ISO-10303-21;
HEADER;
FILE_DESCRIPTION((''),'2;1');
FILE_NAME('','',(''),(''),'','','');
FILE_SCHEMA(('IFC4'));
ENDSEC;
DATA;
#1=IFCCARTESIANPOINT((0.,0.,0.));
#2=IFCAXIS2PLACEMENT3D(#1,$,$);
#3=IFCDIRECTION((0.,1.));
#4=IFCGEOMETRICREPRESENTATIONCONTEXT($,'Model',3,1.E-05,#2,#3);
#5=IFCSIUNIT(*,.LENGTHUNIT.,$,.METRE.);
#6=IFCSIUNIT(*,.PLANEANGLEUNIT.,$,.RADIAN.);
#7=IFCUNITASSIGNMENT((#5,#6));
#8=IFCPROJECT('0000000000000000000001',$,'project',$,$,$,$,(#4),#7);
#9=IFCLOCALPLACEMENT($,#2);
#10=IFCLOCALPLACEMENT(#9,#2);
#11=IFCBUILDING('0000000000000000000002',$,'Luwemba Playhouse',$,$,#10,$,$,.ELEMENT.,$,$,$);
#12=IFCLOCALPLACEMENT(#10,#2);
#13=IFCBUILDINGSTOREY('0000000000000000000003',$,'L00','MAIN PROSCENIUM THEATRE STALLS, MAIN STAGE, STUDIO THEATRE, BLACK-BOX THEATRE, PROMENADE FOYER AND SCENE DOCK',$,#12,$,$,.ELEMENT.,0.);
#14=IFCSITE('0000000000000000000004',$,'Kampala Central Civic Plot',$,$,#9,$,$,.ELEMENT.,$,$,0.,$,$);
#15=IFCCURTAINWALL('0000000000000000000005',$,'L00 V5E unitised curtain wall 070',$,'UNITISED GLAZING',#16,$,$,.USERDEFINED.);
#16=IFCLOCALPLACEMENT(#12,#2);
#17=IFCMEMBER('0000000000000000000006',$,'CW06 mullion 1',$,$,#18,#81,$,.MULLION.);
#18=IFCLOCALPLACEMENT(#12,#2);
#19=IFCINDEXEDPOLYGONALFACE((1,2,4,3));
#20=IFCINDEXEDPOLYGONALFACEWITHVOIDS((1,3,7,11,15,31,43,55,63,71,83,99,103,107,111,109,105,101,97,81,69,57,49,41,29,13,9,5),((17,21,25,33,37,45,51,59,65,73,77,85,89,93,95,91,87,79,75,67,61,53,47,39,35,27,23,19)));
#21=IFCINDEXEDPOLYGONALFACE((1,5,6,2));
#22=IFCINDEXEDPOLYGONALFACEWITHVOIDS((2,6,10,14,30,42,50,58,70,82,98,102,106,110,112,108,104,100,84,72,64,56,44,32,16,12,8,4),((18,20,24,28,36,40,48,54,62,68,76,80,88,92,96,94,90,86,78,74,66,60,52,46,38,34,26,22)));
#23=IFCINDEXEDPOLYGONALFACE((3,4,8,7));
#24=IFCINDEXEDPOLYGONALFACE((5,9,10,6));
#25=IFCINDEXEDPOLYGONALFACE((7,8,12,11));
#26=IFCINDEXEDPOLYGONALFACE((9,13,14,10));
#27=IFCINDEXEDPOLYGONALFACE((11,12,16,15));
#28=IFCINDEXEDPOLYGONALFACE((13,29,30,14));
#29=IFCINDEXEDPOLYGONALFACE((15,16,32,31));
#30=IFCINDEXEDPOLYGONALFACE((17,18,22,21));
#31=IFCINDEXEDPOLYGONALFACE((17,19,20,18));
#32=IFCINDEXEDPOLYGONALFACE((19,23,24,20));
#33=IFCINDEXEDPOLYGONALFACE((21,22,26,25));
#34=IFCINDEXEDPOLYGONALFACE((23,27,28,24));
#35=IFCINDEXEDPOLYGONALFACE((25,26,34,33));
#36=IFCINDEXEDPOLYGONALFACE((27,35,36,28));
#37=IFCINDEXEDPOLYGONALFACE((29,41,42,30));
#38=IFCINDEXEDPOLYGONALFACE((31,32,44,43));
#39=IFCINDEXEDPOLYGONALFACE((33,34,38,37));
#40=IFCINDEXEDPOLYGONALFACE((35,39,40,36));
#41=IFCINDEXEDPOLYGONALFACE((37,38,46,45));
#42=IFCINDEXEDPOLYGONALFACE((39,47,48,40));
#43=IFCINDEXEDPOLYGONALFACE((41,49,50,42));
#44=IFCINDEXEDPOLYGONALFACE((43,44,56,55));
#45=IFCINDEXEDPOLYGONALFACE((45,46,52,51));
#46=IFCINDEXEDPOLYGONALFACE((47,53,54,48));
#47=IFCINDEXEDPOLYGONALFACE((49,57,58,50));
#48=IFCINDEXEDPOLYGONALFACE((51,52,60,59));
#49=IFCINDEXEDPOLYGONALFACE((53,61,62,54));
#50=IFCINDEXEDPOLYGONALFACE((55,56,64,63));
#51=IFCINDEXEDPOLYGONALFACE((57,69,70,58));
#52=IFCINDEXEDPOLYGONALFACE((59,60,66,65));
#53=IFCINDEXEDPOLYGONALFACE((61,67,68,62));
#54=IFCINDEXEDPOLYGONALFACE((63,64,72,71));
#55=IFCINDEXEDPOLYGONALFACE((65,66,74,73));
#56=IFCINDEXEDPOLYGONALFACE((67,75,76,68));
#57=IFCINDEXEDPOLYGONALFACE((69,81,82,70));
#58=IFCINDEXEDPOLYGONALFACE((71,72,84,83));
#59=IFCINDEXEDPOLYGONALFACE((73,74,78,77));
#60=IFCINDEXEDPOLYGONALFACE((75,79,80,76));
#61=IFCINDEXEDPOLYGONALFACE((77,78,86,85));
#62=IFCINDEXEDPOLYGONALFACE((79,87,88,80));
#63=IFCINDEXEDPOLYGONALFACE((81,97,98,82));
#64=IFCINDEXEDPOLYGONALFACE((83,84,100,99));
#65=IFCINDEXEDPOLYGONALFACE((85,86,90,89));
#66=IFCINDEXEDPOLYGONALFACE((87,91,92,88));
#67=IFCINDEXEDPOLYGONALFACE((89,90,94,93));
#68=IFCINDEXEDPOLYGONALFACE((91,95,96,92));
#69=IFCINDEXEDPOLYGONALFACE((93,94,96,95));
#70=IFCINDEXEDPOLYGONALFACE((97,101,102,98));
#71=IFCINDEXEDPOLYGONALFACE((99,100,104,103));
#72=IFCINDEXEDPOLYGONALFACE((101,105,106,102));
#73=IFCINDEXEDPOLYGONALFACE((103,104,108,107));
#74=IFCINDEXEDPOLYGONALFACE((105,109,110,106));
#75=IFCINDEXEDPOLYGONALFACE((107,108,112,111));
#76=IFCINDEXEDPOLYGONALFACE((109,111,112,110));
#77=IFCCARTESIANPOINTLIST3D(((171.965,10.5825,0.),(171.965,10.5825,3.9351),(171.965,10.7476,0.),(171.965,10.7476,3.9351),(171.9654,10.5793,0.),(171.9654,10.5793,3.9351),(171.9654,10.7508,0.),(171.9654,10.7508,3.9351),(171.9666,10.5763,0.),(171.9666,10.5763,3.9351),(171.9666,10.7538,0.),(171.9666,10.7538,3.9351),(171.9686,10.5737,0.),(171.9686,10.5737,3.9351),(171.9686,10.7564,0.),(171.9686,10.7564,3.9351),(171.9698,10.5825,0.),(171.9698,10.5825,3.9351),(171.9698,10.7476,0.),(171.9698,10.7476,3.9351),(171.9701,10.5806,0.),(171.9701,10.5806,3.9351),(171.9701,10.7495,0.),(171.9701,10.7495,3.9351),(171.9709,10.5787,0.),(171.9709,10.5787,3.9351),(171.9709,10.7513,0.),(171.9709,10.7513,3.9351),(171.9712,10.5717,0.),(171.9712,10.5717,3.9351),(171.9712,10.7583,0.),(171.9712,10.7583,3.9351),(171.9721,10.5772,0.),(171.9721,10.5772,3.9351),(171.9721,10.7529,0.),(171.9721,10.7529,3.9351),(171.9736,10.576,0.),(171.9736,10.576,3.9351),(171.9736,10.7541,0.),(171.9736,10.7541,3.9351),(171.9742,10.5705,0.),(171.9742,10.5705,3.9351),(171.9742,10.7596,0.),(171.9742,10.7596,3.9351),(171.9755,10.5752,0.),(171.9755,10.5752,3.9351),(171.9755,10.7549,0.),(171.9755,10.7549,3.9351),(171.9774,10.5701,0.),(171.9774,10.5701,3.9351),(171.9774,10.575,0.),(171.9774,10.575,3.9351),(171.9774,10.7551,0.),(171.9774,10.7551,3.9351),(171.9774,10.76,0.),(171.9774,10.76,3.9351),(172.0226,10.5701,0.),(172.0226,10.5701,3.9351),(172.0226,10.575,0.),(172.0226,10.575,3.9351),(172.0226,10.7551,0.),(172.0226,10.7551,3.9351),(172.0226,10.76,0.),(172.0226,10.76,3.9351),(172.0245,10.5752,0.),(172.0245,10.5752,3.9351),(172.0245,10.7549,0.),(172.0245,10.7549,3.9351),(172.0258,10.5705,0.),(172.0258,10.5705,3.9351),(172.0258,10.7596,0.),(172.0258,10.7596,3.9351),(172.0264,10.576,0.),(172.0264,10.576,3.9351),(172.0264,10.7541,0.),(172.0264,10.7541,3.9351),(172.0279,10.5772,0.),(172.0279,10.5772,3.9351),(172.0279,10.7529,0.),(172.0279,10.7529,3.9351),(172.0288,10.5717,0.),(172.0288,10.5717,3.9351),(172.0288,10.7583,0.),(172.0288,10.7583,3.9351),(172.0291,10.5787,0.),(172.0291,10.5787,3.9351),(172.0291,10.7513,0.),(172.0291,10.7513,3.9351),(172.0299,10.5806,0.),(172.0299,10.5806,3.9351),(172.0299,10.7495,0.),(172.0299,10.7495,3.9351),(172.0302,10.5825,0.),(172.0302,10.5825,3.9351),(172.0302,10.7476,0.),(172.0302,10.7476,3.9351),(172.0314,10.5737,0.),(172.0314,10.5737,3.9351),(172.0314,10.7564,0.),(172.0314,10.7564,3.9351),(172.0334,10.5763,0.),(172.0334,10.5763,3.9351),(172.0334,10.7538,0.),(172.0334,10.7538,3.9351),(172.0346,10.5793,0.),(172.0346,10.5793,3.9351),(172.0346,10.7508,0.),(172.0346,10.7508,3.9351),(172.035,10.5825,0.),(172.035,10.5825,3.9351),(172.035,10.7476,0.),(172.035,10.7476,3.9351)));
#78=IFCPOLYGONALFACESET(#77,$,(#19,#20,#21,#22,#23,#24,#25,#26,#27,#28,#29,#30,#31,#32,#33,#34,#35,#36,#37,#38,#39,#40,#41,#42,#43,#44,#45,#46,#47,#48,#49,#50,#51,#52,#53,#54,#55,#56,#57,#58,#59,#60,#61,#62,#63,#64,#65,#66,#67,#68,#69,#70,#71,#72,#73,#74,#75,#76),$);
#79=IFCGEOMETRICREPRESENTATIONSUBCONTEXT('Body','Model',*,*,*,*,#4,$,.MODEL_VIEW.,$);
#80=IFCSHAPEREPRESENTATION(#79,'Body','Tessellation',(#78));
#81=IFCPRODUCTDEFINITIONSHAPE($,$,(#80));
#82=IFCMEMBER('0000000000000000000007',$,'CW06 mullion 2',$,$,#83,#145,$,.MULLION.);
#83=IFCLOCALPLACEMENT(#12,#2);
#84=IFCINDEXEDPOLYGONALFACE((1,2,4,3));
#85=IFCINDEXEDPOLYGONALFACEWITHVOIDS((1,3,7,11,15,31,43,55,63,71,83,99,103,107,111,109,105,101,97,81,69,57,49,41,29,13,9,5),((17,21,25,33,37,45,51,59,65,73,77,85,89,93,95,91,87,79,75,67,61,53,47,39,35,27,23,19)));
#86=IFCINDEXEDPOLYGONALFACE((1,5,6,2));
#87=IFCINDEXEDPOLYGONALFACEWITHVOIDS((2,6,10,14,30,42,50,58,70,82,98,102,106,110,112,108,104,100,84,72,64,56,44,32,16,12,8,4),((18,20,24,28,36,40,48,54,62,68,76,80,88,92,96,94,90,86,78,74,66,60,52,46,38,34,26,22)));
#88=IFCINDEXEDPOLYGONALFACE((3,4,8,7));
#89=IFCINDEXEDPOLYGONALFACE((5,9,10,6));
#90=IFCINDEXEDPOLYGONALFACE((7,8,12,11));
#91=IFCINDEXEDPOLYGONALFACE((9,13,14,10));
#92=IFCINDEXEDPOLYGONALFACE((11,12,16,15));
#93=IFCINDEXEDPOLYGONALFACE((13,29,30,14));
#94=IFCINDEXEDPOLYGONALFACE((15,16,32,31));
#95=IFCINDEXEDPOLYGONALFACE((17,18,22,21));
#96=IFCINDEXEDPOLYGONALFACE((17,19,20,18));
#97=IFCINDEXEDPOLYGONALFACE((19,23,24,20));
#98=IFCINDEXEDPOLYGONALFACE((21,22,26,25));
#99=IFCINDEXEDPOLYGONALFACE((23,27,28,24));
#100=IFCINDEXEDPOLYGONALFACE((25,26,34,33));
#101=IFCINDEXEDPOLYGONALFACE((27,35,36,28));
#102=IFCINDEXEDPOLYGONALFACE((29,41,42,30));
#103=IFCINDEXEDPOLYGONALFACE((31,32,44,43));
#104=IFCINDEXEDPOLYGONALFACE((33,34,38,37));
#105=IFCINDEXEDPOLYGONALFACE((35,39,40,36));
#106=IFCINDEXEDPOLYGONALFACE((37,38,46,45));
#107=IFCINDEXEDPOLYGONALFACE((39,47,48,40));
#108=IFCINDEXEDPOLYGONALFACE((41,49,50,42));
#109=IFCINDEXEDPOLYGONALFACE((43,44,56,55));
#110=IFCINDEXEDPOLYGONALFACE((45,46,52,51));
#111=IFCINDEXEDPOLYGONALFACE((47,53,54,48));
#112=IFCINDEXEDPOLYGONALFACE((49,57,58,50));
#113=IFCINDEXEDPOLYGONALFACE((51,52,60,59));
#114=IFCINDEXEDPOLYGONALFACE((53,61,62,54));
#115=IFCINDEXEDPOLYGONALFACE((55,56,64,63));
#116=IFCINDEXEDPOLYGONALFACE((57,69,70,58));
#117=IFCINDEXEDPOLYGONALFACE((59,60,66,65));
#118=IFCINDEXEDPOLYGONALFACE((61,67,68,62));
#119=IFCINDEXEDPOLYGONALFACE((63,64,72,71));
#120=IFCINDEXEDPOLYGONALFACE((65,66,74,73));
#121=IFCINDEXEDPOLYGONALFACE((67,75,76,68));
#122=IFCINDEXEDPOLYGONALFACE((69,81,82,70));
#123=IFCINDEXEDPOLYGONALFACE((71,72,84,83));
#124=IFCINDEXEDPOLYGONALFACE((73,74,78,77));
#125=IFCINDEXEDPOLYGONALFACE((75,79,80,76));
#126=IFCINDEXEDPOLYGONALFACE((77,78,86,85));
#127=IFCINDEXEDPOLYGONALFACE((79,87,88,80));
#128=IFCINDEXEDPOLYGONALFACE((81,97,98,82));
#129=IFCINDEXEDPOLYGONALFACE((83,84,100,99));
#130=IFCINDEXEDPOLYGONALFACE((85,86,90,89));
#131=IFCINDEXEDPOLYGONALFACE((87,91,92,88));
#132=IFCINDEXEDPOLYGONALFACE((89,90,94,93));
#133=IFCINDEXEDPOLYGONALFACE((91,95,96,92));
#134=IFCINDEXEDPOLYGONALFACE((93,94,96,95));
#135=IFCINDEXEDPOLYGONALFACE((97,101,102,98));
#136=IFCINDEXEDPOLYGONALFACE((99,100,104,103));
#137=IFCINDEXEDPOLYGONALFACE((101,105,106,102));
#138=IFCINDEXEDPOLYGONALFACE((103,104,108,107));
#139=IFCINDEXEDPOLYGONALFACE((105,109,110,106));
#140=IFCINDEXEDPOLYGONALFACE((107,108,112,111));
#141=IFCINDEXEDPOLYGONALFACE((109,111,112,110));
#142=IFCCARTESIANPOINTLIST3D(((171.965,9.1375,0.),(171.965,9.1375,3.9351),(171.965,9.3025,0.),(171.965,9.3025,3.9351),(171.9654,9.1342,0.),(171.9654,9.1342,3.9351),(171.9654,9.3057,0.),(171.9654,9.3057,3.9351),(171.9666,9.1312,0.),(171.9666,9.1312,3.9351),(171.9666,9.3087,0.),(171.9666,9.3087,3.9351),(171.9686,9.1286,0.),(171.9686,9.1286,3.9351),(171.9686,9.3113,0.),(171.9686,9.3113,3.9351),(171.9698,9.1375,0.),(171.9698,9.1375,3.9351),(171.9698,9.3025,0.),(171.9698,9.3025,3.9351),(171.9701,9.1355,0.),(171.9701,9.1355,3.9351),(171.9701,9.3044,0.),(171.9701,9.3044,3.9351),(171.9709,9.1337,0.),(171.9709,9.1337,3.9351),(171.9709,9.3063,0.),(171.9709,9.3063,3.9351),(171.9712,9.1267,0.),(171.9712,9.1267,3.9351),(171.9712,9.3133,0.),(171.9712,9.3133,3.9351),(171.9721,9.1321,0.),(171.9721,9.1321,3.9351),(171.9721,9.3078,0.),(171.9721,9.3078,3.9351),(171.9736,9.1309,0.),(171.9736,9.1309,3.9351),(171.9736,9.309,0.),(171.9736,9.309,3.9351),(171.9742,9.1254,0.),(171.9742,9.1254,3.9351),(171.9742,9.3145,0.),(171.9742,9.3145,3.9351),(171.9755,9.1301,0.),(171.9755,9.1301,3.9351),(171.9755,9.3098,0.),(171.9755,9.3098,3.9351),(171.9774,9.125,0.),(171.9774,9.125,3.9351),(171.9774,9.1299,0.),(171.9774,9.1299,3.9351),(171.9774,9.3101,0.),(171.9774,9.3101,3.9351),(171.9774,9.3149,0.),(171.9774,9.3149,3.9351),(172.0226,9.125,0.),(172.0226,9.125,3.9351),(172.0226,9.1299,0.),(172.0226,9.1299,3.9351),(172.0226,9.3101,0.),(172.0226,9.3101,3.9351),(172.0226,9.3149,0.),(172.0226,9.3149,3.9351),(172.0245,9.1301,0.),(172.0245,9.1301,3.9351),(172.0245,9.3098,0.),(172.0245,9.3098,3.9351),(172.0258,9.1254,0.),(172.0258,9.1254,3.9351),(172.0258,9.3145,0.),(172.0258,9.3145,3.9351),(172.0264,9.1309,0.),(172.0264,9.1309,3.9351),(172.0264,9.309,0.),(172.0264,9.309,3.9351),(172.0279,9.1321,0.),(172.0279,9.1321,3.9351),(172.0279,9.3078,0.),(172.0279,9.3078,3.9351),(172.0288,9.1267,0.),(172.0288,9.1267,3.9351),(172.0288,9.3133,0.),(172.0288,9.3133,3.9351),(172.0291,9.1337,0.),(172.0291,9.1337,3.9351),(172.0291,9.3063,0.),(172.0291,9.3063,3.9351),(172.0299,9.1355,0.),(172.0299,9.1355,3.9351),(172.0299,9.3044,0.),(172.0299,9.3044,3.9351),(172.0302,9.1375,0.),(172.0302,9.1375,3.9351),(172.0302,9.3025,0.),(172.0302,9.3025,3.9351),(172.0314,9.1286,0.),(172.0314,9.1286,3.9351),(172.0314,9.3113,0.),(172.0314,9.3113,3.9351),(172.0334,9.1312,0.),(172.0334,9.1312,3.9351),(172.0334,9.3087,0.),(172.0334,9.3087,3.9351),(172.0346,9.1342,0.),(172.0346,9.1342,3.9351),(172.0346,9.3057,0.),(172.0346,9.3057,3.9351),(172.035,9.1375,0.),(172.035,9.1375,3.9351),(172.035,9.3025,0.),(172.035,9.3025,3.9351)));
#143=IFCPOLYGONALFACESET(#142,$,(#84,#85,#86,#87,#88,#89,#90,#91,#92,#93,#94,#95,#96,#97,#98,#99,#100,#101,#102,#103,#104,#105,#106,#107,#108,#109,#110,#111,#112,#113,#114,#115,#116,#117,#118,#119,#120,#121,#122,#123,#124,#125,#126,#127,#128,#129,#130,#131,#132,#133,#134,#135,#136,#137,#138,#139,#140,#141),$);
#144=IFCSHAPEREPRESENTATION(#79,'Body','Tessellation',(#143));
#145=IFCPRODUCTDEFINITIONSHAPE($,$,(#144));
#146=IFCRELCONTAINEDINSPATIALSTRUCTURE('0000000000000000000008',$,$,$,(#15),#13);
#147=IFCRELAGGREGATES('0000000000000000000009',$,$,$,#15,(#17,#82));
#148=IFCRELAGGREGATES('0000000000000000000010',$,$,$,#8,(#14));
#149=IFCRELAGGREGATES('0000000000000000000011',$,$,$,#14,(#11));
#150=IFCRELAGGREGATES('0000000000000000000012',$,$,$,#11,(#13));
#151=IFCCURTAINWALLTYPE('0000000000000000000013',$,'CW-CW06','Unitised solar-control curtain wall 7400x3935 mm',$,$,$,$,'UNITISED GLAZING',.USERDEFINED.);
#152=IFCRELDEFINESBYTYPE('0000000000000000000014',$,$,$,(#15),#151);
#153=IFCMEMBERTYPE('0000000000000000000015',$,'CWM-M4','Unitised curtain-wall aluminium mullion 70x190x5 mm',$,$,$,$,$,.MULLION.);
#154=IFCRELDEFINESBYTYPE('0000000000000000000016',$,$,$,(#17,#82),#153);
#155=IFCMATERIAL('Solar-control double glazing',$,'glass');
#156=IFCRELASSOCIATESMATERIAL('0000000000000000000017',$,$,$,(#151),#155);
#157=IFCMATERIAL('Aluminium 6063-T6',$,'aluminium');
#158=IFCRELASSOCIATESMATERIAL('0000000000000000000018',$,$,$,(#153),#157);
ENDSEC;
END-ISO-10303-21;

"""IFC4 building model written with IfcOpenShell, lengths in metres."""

from ifc_helpers import new_model, si_unit, direction, frame, origin, origin_2d, place, context, subcontext, project, spatial, hollow_rectangle, extrude, material, material_profile, profile_set, type_object, element, aggregate, save


model = new_model("IFC4")

# Units and contexts
model_context = context("Model", 3, precision=1e-05, world=origin(), true_north=direction((0.0, 1.0)))
body_context = subcontext(model_context, "Body", "Model", "MODEL_VIEW")
ifc_project = project(units=[si_unit("LENGTHUNIT", "METRE"), si_unit("PLANEANGLEUNIT", "RADIAN")], contexts=[model_context])

# Site, building, storey
site_placement = place(None, origin())
site = spatial("IfcSite", under=ifc_project, at=site_placement, Name="Kampala Central Civic Plot", CompositionType="ELEMENT", RefElevation=0.0)
building_placement = place(site_placement, origin())
building = spatial("IfcBuilding", under=site, at=building_placement, Name="Luwemba Playhouse", CompositionType="ELEMENT")
storey_placement = place(building_placement, origin())
storey = spatial("IfcBuildingStorey", under=building, at=storey_placement, Name="L00", Description="MAIN PROSCENIUM THEATRE STALLS, MAIN STAGE, STUDIO THEATRE, BLACK-BOX THEATRE, PROMENADE FOYER AND SCENE DOCK", CompositionType="ELEMENT", Elevation=0.0)

# Shared definitions
ifc_material_1 = material(Name="Solar-control double glazing", Category="glass")
ifc_material_2 = material(Name="Aluminium 6063-T6", Category="aluminium")

# Curtain wall, members
curtain_wall_type_1 = type_object("IfcCurtainWallType", Name="CW-CW06", Description="Unitised solar-control curtain wall 7400x3935 mm", ElementType="UNITISED GLAZING", PredefinedType="USERDEFINED", material=ifc_material_1)
curtain_wall_1_placement = place(storey_placement, origin())
curtain_wall_1 = element("IfcCurtainWall", 1, at=curtain_wall_1_placement, inside=storey, type_object=curtain_wall_type_1, Name="L00 V5E unitised curtain wall 070", ObjectType="UNITISED GLAZING", PredefinedType="USERDEFINED")
ifc_material_profile_1 = material_profile(ifc_material_2, hollow_rectangle(XDim=0.0701, YDim=0.1899, WallThickness=0.0049, InnerFilletRadius=0.0076, OuterFilletRadius=0.0125, at=origin_2d()))
ifc_profile_set_1 = profile_set([ifc_material_profile_1], Name="Aluminium 6063-T6")
member_type_1 = type_object("IfcMemberType", Name="CWM-M4", Description="Unitised curtain-wall aluminium mullion 70x190x5 mm", PredefinedType="MULLION", material=ifc_profile_set_1)
member_1_placement = place(storey_placement, frame((172.0, 10.665, 0.0), z_axis=(0.0, 0.0, 1.0), x_axis=(1.0, 0.0, 0.0)))
member_1 = element("IfcMember", 2, at=member_1_placement, type_object=member_type_1, Name="CW06 mullion 1", PredefinedType="MULLION", context=body_context, shape_type="SweptSolid", body=[
    extrude(hollow_rectangle(XDim=0.0701, YDim=0.1899, WallThickness=0.0049, InnerFilletRadius=0.0076, OuterFilletRadius=0.0125, at=origin_2d()), origin(), (0.0, 0.0, 1.0), 3.9351),
])
member_2_placement = place(storey_placement, frame((172.0, 9.22, 0.0), z_axis=(0.0, 0.0, 1.0), x_axis=(1.0, 0.0, 0.0)))
member_2 = element("IfcMember", 3, at=member_2_placement, type_object=member_type_1, Name="CW06 mullion 2", PredefinedType="MULLION", context=body_context, shape_type="SweptSolid", body=[
    extrude(hollow_rectangle(XDim=0.0701, YDim=0.1899, WallThickness=0.0049, InnerFilletRadius=0.0076, OuterFilletRadius=0.0125, at=origin_2d()), origin(), (0.0, 0.0, 1.0), 3.9351),
])

aggregate(curtain_wall_1, [member_1, member_2])

save(model, "model.ifc")
